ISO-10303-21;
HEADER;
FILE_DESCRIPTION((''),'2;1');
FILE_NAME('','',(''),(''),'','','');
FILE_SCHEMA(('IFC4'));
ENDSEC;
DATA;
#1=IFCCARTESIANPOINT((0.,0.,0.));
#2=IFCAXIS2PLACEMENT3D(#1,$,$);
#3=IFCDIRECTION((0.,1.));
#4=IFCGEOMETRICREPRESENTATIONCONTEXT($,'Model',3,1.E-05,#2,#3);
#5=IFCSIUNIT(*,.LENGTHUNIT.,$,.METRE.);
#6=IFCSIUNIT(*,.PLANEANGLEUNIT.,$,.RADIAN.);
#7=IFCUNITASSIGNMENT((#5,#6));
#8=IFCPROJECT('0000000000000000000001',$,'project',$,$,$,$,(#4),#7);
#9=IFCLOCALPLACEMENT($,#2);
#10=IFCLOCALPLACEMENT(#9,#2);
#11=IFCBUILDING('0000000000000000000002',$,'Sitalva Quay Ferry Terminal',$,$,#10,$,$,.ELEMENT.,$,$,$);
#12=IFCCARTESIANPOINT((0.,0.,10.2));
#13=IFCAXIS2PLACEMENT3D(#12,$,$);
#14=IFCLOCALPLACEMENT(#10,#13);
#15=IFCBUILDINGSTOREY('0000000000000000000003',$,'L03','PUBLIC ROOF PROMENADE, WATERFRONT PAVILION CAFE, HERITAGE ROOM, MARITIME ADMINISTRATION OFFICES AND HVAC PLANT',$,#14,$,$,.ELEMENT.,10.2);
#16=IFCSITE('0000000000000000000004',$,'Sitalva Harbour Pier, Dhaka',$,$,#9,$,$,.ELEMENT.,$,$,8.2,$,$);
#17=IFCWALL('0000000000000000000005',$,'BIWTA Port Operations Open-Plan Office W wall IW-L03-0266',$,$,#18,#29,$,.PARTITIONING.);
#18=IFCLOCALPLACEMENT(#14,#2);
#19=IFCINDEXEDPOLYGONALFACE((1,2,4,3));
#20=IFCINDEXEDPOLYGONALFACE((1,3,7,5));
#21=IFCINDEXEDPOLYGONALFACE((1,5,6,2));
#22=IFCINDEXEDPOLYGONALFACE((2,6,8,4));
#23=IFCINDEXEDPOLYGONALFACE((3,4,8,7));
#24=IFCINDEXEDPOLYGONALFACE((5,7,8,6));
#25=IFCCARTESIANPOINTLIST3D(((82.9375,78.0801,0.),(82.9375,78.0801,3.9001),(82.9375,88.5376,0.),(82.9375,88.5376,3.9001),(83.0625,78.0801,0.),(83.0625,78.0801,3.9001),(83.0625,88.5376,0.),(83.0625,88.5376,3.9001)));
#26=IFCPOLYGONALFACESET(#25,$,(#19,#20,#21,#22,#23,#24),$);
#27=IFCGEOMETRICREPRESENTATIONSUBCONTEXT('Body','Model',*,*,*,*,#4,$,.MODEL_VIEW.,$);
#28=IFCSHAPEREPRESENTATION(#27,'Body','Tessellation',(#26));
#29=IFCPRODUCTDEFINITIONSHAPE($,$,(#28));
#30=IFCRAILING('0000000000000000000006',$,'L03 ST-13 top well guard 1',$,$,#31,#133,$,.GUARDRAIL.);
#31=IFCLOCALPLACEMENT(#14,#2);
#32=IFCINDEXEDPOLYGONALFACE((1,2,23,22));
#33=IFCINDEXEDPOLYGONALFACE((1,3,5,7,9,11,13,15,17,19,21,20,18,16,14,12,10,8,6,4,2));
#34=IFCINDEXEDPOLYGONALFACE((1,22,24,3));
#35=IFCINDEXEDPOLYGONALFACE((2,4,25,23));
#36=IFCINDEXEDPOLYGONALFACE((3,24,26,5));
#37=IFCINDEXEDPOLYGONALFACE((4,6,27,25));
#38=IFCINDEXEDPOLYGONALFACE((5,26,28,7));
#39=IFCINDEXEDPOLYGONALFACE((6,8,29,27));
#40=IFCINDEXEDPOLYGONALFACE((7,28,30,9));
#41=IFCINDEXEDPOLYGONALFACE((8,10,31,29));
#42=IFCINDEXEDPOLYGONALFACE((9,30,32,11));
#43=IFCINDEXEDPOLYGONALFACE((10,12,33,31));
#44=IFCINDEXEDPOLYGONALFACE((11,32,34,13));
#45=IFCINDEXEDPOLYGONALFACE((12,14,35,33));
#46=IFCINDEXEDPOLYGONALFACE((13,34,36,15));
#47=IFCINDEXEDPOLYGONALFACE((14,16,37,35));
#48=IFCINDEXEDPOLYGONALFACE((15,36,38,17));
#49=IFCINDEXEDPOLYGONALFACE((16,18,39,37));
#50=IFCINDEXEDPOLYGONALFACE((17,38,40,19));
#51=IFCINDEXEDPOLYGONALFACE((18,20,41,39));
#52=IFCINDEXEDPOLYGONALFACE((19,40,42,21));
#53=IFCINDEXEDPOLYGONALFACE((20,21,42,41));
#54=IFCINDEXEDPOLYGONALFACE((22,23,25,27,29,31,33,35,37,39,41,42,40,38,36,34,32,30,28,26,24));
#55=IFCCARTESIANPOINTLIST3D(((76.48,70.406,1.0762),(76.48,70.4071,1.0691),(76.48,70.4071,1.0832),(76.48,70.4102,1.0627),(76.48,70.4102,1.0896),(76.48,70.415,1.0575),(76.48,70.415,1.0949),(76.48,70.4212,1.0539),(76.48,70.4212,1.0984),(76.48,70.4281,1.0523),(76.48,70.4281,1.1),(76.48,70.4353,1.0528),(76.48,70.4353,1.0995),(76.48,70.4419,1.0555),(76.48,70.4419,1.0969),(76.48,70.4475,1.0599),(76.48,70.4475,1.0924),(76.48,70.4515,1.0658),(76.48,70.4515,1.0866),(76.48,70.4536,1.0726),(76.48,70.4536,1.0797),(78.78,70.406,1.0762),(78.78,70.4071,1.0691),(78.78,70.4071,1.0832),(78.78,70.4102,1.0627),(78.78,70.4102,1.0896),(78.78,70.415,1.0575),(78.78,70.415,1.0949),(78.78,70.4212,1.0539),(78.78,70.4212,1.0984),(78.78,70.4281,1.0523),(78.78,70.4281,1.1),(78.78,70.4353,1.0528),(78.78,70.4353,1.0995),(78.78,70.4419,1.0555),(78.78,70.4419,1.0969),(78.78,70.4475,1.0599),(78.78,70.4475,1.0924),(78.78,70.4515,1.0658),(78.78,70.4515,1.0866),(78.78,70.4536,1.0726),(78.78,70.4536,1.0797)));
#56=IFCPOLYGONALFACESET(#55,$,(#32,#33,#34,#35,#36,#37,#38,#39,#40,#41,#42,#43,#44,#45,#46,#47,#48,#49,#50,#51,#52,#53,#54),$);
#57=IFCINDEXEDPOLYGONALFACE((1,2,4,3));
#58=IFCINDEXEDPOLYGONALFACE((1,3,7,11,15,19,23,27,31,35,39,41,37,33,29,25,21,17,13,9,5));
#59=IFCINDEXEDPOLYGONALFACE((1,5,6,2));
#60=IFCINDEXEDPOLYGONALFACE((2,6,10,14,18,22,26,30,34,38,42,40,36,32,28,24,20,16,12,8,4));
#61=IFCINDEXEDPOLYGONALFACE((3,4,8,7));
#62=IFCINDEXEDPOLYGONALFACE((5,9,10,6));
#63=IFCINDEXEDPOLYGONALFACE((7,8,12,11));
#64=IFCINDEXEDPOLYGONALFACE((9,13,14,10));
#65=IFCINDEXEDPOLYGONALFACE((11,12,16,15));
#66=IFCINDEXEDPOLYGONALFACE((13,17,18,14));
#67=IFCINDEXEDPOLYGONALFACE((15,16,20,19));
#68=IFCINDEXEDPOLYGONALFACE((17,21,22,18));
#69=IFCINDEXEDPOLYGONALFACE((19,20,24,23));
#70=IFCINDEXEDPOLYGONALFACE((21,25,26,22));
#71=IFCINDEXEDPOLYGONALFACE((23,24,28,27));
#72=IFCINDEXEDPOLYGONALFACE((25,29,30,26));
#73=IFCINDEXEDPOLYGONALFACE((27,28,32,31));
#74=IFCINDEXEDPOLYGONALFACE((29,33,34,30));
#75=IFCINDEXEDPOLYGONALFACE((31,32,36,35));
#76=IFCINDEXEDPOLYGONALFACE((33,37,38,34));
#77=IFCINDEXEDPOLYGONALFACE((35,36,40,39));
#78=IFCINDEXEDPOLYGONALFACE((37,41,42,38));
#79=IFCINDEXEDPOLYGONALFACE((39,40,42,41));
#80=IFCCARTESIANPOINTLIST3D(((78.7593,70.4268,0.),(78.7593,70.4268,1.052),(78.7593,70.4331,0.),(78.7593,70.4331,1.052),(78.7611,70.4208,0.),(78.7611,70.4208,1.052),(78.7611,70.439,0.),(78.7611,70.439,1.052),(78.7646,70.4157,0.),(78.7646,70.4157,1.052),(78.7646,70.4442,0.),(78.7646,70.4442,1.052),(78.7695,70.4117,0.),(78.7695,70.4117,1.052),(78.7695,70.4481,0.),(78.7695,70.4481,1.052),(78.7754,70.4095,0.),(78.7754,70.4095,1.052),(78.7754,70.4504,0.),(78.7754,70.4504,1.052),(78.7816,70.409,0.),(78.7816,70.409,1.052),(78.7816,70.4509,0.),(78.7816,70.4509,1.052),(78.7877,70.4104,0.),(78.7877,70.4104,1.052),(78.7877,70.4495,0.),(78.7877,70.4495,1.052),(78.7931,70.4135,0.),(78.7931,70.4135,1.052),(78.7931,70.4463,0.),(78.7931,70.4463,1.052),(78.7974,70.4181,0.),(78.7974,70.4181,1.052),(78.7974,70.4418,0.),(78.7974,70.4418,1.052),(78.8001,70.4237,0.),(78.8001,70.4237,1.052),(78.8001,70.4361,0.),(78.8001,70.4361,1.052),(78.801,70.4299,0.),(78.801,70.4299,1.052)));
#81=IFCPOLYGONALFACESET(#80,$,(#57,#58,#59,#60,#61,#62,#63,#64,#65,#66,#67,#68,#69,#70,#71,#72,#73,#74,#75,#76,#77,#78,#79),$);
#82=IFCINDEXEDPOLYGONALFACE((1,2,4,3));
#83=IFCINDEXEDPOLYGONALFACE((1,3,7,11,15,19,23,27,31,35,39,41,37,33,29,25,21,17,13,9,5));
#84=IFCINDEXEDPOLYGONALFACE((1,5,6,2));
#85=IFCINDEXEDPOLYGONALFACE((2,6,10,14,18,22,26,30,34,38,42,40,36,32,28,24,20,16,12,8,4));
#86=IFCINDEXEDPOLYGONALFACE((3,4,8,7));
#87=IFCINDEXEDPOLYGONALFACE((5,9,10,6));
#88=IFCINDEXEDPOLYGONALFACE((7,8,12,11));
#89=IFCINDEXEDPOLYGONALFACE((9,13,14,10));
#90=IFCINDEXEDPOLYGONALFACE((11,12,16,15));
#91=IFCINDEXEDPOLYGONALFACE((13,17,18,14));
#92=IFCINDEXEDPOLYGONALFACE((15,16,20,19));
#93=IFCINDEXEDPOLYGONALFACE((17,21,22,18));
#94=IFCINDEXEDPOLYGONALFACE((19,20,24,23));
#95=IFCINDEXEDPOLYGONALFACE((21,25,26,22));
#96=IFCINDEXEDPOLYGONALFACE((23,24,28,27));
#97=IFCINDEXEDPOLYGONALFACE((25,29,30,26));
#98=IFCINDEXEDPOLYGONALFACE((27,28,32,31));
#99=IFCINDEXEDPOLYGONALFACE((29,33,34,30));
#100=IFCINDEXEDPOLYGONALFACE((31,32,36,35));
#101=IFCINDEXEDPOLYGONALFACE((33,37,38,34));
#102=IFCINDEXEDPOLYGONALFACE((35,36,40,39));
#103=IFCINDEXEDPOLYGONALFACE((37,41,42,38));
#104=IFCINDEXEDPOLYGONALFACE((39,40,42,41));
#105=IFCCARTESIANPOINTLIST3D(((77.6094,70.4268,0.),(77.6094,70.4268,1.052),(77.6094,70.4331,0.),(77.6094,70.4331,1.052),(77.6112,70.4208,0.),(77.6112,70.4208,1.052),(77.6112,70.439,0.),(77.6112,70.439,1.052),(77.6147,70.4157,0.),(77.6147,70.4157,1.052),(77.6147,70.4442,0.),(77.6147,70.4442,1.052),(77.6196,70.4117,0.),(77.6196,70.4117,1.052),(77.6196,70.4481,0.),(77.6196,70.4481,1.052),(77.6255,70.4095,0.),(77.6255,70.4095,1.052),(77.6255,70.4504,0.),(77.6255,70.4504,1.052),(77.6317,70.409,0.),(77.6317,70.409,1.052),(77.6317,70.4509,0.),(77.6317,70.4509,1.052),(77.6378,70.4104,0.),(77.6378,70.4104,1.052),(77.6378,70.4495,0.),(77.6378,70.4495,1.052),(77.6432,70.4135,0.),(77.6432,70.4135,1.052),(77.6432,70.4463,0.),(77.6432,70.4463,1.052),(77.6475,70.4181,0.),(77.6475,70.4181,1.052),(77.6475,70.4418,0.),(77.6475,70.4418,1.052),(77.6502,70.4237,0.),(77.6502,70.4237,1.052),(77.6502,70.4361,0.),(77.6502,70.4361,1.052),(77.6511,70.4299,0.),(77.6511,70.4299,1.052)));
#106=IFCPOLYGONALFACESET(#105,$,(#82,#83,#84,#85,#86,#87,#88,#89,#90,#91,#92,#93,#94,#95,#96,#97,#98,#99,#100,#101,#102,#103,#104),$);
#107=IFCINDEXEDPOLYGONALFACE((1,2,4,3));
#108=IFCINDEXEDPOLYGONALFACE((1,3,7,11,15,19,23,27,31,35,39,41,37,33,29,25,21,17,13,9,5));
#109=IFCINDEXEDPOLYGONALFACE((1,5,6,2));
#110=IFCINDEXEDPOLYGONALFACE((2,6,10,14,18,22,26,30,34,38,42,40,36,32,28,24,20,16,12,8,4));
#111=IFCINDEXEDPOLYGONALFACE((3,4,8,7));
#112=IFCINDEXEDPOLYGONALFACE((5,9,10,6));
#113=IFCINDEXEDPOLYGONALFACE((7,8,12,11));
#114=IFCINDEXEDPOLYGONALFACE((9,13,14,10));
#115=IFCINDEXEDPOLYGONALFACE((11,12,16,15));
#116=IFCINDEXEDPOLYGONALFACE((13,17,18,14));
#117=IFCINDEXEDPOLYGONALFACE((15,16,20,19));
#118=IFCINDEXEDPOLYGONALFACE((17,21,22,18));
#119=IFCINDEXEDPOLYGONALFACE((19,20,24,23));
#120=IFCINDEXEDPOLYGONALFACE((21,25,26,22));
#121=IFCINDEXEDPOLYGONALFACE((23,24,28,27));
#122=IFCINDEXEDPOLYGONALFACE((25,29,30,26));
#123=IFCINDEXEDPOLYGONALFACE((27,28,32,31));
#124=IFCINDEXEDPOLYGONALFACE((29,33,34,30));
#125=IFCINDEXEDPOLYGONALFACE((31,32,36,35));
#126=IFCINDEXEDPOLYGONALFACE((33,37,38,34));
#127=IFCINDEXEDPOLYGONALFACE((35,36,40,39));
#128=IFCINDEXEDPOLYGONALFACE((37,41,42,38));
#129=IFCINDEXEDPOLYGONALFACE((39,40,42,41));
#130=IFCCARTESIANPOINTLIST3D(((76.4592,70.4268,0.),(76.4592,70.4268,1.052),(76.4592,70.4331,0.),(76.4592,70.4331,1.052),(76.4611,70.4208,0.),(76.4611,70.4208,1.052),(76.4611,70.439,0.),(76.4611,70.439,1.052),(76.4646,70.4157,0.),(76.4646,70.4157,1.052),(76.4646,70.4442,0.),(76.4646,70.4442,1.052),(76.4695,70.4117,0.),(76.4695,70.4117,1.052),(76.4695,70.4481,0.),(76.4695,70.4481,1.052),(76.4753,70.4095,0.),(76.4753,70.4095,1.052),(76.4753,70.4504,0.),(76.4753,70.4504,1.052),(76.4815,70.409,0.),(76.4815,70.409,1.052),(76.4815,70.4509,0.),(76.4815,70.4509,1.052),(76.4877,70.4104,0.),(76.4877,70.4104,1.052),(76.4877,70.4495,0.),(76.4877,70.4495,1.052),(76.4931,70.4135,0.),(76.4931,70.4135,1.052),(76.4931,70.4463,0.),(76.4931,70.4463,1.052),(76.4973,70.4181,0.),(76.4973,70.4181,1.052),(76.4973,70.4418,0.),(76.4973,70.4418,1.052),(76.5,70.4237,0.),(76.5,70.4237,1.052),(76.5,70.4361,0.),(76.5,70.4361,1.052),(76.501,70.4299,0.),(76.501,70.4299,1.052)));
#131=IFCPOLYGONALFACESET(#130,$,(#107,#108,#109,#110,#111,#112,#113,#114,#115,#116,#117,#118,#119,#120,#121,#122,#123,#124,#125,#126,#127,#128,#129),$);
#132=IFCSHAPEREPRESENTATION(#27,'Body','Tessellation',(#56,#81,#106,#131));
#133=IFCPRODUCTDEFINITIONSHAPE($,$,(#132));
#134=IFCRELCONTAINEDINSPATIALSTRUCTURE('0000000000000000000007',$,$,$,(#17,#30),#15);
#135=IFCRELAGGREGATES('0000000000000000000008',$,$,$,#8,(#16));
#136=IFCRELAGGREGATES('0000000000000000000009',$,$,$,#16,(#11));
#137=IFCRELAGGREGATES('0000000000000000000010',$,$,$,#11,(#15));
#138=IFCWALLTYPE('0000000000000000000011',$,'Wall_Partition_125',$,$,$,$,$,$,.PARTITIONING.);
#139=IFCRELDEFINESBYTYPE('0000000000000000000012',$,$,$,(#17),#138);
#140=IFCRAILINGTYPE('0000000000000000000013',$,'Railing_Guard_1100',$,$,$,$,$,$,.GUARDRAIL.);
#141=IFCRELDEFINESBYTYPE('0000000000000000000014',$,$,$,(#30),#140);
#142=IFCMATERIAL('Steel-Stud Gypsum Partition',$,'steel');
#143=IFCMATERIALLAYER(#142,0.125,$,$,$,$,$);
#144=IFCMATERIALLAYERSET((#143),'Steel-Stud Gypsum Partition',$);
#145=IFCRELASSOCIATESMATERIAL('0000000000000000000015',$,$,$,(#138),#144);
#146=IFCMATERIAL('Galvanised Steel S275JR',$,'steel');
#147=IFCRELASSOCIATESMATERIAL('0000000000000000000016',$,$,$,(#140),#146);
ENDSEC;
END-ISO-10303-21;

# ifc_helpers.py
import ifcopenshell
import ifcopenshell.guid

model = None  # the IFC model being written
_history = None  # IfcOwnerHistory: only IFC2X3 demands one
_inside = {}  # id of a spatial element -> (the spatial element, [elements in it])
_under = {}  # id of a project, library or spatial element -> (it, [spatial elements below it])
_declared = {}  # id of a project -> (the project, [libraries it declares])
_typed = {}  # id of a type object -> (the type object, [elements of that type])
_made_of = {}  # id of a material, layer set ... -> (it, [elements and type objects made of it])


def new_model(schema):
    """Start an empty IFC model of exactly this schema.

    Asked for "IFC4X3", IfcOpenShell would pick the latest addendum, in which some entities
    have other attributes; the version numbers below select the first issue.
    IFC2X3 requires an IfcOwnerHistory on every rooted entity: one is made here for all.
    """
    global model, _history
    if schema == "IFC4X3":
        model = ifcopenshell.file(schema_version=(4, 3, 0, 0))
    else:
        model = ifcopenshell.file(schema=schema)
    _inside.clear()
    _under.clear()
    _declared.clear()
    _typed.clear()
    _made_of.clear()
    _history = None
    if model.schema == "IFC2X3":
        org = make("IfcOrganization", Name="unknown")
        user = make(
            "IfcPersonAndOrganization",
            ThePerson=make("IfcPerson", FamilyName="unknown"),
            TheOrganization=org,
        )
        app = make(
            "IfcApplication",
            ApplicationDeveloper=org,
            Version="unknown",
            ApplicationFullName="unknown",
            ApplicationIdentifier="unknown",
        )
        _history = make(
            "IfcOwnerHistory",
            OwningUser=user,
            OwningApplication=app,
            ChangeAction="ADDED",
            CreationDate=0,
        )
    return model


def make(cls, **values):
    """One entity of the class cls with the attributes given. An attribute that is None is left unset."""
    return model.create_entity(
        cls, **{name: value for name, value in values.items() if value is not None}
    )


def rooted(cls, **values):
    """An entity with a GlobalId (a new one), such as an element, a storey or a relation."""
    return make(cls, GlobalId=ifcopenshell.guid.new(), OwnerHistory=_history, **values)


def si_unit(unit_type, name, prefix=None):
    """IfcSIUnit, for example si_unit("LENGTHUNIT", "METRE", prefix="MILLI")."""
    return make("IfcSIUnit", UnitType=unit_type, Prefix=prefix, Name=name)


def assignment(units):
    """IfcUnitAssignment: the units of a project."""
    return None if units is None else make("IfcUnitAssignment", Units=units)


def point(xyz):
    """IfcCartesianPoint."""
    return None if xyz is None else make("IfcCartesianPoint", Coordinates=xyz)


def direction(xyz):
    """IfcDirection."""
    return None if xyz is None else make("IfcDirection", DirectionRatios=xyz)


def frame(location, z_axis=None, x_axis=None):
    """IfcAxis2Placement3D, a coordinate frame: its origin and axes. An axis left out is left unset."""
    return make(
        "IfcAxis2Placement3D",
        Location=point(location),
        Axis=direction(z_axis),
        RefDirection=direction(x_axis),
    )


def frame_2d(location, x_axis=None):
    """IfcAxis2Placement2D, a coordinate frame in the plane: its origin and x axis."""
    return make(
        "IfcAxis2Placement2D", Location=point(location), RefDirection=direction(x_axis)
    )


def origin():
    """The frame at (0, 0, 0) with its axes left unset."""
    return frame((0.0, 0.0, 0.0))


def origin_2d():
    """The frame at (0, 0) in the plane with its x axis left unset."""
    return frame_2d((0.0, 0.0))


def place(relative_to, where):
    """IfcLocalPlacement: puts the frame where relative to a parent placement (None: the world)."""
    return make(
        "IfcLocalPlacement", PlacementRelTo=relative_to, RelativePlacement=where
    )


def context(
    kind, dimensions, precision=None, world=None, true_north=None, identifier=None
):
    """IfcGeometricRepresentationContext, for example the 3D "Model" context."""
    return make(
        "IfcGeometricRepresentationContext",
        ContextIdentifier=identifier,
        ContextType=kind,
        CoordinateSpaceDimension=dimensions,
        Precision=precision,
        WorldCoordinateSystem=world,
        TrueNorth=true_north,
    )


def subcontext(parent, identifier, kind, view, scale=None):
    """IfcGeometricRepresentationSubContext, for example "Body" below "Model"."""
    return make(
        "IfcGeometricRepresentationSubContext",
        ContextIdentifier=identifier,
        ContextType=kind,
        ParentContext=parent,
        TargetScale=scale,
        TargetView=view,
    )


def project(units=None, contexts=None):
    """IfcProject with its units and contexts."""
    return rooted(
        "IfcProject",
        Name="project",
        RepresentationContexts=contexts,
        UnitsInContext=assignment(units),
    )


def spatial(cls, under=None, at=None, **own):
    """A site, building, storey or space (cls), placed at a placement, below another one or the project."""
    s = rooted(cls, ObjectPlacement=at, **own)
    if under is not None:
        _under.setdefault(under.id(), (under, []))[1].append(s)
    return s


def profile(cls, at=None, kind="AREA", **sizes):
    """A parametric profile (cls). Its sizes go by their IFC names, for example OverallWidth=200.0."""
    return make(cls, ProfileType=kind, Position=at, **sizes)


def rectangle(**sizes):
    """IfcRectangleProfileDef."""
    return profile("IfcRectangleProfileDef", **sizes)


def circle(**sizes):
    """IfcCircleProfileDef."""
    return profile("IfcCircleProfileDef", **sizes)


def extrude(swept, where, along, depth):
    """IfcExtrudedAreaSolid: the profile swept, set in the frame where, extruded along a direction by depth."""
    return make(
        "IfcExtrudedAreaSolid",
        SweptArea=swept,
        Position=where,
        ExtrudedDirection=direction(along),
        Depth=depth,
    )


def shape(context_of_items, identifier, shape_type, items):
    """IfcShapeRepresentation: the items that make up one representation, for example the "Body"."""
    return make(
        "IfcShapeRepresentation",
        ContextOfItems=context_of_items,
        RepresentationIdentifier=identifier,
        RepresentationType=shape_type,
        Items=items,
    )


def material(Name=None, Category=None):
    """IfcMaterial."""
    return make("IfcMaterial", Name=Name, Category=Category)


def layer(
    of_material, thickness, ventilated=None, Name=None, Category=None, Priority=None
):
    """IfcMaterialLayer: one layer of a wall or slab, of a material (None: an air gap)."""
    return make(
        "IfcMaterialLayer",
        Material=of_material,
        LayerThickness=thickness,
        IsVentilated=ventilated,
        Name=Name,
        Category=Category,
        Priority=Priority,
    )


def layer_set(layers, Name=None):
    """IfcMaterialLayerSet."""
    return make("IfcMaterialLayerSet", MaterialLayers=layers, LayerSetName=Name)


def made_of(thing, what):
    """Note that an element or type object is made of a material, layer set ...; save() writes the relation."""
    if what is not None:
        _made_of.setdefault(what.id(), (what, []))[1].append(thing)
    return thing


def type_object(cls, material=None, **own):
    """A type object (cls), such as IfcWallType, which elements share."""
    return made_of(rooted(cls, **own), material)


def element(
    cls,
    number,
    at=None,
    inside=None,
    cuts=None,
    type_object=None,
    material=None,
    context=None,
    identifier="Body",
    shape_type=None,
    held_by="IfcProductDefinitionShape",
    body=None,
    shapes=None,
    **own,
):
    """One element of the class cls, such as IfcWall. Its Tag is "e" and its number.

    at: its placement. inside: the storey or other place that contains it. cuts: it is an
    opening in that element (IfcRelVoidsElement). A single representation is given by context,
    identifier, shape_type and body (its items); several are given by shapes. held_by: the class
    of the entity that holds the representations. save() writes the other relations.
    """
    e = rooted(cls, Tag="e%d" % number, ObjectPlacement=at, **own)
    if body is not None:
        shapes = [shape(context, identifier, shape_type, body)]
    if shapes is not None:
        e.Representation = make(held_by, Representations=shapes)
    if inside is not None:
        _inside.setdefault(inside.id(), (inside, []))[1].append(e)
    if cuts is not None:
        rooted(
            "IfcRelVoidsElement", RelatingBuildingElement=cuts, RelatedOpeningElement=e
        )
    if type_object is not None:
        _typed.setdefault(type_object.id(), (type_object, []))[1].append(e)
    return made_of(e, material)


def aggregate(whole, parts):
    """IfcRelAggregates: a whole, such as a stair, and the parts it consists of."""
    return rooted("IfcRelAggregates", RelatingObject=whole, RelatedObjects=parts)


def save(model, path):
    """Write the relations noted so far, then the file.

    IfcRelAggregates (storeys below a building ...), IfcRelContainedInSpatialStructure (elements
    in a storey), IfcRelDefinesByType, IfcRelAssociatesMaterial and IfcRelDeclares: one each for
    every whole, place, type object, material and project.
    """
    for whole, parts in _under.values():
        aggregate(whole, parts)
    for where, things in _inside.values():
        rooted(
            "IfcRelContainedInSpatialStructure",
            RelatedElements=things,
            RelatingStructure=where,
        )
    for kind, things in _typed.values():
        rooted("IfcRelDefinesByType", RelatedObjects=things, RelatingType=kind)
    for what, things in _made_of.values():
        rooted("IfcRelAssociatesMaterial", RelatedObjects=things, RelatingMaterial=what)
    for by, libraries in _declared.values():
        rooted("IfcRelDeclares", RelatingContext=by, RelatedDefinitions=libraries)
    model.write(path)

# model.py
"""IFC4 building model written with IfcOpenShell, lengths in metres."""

from ifc_helpers import new_model, si_unit, direction, frame, frame_2d, origin, origin_2d, place, context, subcontext, project, spatial, rectangle, circle, extrude, material, layer, layer_set, type_object, element, save


model = new_model("IFC4")

# Units and contexts
model_context = context("Model", 3, precision=1e-05, world=origin(), true_north=direction((0.0, 1.0)))
body_context = subcontext(model_context, "Body", "Model", "MODEL_VIEW")
ifc_project = project(units=[si_unit("LENGTHUNIT", "METRE"), si_unit("PLANEANGLEUNIT", "RADIAN")], contexts=[model_context])

# Site, building, storey
site_placement = place(None, origin())
site = spatial("IfcSite", under=ifc_project, at=site_placement, Name="Sitalva Harbour Pier, Dhaka", CompositionType="ELEMENT", RefElevation=8.2)
building_placement = place(site_placement, origin())
building = spatial("IfcBuilding", under=site, at=building_placement, Name="Sitalva Quay Ferry Terminal", CompositionType="ELEMENT")
storey_placement = place(building_placement, frame((0.0, 0.0, 10.2)))
storey = spatial("IfcBuildingStorey", under=building, at=storey_placement, Name="L03", Description="PUBLIC ROOF PROMENADE, WATERFRONT PAVILION CAFE, HERITAGE ROOM, MARITIME ADMINISTRATION OFFICES AND HVAC PLANT", CompositionType="ELEMENT", Elevation=10.2)

# Wall
ifc_material_1 = material(Name="Steel-Stud Gypsum Partition", Category="steel")
ifc_layer_1 = layer(ifc_material_1, 0.125)
ifc_layer_set_1 = layer_set([ifc_layer_1], Name="Steel-Stud Gypsum Partition")
wall_type_1 = type_object("IfcWallType", Name="Wall_Partition_125", PredefinedType="PARTITIONING", material=ifc_layer_set_1)
wall_1_placement = place(storey_placement, frame((83.0, 78.0801, 0.0), z_axis=(0.0, 0.0, 1.0), x_axis=(0.0, 1.0, 0.0)))
element("IfcWall", 1, at=wall_1_placement, inside=storey, type_object=wall_type_1, Name="BIWTA Port Operations Open-Plan Office W wall IW-L03-0266", PredefinedType="PARTITIONING", context=body_context, shape_type="SweptSolid", body=[
    extrude(rectangle(XDim=10.4575, YDim=0.125, at=frame_2d((5.2288, 0.0))), origin(), (0.0, 0.0, 1.0), 3.9001),
])

# Railing
ifc_material_2 = material(Name="Galvanised Steel S275JR", Category="steel")
railing_type = type_object("IfcRailingType", Name="Railing_Guard_1100", PredefinedType="GUARDRAIL", material=ifc_material_2)
railing_placement = place(storey_placement, frame((78.78, 70.4299, 0.0)))
element("IfcRailing", 2, at=railing_placement, inside=storey, type_object=railing_type, Name="L03 ST-13 top well guard 1", PredefinedType="GUARDRAIL", context=body_context, shape_type="SweptSolid", body=[
    extrude(circle(Radius=0.0239, at=origin_2d()), frame((0.0, 0.0, 1.0762), z_axis=(-1.0, 0.0, 0.0), x_axis=(0.0, -1.0, 0.0)), (0.0, 0.0, 1.0), 2.3),
    extrude(circle(Radius=0.021, at=origin_2d()), origin(), (0.0, 0.0, 1.0), 1.052),
    extrude(circle(Radius=0.021, at=origin_2d()), frame((-1.1499, 0.0, 0.0)), (0.0, 0.0, 1.0), 1.052),
    extrude(circle(Radius=0.021, at=origin_2d()), frame((-2.3, 0.0, 0.0)), (0.0, 0.0, 1.0), 1.052),
])

save(model, "model.ifc")
